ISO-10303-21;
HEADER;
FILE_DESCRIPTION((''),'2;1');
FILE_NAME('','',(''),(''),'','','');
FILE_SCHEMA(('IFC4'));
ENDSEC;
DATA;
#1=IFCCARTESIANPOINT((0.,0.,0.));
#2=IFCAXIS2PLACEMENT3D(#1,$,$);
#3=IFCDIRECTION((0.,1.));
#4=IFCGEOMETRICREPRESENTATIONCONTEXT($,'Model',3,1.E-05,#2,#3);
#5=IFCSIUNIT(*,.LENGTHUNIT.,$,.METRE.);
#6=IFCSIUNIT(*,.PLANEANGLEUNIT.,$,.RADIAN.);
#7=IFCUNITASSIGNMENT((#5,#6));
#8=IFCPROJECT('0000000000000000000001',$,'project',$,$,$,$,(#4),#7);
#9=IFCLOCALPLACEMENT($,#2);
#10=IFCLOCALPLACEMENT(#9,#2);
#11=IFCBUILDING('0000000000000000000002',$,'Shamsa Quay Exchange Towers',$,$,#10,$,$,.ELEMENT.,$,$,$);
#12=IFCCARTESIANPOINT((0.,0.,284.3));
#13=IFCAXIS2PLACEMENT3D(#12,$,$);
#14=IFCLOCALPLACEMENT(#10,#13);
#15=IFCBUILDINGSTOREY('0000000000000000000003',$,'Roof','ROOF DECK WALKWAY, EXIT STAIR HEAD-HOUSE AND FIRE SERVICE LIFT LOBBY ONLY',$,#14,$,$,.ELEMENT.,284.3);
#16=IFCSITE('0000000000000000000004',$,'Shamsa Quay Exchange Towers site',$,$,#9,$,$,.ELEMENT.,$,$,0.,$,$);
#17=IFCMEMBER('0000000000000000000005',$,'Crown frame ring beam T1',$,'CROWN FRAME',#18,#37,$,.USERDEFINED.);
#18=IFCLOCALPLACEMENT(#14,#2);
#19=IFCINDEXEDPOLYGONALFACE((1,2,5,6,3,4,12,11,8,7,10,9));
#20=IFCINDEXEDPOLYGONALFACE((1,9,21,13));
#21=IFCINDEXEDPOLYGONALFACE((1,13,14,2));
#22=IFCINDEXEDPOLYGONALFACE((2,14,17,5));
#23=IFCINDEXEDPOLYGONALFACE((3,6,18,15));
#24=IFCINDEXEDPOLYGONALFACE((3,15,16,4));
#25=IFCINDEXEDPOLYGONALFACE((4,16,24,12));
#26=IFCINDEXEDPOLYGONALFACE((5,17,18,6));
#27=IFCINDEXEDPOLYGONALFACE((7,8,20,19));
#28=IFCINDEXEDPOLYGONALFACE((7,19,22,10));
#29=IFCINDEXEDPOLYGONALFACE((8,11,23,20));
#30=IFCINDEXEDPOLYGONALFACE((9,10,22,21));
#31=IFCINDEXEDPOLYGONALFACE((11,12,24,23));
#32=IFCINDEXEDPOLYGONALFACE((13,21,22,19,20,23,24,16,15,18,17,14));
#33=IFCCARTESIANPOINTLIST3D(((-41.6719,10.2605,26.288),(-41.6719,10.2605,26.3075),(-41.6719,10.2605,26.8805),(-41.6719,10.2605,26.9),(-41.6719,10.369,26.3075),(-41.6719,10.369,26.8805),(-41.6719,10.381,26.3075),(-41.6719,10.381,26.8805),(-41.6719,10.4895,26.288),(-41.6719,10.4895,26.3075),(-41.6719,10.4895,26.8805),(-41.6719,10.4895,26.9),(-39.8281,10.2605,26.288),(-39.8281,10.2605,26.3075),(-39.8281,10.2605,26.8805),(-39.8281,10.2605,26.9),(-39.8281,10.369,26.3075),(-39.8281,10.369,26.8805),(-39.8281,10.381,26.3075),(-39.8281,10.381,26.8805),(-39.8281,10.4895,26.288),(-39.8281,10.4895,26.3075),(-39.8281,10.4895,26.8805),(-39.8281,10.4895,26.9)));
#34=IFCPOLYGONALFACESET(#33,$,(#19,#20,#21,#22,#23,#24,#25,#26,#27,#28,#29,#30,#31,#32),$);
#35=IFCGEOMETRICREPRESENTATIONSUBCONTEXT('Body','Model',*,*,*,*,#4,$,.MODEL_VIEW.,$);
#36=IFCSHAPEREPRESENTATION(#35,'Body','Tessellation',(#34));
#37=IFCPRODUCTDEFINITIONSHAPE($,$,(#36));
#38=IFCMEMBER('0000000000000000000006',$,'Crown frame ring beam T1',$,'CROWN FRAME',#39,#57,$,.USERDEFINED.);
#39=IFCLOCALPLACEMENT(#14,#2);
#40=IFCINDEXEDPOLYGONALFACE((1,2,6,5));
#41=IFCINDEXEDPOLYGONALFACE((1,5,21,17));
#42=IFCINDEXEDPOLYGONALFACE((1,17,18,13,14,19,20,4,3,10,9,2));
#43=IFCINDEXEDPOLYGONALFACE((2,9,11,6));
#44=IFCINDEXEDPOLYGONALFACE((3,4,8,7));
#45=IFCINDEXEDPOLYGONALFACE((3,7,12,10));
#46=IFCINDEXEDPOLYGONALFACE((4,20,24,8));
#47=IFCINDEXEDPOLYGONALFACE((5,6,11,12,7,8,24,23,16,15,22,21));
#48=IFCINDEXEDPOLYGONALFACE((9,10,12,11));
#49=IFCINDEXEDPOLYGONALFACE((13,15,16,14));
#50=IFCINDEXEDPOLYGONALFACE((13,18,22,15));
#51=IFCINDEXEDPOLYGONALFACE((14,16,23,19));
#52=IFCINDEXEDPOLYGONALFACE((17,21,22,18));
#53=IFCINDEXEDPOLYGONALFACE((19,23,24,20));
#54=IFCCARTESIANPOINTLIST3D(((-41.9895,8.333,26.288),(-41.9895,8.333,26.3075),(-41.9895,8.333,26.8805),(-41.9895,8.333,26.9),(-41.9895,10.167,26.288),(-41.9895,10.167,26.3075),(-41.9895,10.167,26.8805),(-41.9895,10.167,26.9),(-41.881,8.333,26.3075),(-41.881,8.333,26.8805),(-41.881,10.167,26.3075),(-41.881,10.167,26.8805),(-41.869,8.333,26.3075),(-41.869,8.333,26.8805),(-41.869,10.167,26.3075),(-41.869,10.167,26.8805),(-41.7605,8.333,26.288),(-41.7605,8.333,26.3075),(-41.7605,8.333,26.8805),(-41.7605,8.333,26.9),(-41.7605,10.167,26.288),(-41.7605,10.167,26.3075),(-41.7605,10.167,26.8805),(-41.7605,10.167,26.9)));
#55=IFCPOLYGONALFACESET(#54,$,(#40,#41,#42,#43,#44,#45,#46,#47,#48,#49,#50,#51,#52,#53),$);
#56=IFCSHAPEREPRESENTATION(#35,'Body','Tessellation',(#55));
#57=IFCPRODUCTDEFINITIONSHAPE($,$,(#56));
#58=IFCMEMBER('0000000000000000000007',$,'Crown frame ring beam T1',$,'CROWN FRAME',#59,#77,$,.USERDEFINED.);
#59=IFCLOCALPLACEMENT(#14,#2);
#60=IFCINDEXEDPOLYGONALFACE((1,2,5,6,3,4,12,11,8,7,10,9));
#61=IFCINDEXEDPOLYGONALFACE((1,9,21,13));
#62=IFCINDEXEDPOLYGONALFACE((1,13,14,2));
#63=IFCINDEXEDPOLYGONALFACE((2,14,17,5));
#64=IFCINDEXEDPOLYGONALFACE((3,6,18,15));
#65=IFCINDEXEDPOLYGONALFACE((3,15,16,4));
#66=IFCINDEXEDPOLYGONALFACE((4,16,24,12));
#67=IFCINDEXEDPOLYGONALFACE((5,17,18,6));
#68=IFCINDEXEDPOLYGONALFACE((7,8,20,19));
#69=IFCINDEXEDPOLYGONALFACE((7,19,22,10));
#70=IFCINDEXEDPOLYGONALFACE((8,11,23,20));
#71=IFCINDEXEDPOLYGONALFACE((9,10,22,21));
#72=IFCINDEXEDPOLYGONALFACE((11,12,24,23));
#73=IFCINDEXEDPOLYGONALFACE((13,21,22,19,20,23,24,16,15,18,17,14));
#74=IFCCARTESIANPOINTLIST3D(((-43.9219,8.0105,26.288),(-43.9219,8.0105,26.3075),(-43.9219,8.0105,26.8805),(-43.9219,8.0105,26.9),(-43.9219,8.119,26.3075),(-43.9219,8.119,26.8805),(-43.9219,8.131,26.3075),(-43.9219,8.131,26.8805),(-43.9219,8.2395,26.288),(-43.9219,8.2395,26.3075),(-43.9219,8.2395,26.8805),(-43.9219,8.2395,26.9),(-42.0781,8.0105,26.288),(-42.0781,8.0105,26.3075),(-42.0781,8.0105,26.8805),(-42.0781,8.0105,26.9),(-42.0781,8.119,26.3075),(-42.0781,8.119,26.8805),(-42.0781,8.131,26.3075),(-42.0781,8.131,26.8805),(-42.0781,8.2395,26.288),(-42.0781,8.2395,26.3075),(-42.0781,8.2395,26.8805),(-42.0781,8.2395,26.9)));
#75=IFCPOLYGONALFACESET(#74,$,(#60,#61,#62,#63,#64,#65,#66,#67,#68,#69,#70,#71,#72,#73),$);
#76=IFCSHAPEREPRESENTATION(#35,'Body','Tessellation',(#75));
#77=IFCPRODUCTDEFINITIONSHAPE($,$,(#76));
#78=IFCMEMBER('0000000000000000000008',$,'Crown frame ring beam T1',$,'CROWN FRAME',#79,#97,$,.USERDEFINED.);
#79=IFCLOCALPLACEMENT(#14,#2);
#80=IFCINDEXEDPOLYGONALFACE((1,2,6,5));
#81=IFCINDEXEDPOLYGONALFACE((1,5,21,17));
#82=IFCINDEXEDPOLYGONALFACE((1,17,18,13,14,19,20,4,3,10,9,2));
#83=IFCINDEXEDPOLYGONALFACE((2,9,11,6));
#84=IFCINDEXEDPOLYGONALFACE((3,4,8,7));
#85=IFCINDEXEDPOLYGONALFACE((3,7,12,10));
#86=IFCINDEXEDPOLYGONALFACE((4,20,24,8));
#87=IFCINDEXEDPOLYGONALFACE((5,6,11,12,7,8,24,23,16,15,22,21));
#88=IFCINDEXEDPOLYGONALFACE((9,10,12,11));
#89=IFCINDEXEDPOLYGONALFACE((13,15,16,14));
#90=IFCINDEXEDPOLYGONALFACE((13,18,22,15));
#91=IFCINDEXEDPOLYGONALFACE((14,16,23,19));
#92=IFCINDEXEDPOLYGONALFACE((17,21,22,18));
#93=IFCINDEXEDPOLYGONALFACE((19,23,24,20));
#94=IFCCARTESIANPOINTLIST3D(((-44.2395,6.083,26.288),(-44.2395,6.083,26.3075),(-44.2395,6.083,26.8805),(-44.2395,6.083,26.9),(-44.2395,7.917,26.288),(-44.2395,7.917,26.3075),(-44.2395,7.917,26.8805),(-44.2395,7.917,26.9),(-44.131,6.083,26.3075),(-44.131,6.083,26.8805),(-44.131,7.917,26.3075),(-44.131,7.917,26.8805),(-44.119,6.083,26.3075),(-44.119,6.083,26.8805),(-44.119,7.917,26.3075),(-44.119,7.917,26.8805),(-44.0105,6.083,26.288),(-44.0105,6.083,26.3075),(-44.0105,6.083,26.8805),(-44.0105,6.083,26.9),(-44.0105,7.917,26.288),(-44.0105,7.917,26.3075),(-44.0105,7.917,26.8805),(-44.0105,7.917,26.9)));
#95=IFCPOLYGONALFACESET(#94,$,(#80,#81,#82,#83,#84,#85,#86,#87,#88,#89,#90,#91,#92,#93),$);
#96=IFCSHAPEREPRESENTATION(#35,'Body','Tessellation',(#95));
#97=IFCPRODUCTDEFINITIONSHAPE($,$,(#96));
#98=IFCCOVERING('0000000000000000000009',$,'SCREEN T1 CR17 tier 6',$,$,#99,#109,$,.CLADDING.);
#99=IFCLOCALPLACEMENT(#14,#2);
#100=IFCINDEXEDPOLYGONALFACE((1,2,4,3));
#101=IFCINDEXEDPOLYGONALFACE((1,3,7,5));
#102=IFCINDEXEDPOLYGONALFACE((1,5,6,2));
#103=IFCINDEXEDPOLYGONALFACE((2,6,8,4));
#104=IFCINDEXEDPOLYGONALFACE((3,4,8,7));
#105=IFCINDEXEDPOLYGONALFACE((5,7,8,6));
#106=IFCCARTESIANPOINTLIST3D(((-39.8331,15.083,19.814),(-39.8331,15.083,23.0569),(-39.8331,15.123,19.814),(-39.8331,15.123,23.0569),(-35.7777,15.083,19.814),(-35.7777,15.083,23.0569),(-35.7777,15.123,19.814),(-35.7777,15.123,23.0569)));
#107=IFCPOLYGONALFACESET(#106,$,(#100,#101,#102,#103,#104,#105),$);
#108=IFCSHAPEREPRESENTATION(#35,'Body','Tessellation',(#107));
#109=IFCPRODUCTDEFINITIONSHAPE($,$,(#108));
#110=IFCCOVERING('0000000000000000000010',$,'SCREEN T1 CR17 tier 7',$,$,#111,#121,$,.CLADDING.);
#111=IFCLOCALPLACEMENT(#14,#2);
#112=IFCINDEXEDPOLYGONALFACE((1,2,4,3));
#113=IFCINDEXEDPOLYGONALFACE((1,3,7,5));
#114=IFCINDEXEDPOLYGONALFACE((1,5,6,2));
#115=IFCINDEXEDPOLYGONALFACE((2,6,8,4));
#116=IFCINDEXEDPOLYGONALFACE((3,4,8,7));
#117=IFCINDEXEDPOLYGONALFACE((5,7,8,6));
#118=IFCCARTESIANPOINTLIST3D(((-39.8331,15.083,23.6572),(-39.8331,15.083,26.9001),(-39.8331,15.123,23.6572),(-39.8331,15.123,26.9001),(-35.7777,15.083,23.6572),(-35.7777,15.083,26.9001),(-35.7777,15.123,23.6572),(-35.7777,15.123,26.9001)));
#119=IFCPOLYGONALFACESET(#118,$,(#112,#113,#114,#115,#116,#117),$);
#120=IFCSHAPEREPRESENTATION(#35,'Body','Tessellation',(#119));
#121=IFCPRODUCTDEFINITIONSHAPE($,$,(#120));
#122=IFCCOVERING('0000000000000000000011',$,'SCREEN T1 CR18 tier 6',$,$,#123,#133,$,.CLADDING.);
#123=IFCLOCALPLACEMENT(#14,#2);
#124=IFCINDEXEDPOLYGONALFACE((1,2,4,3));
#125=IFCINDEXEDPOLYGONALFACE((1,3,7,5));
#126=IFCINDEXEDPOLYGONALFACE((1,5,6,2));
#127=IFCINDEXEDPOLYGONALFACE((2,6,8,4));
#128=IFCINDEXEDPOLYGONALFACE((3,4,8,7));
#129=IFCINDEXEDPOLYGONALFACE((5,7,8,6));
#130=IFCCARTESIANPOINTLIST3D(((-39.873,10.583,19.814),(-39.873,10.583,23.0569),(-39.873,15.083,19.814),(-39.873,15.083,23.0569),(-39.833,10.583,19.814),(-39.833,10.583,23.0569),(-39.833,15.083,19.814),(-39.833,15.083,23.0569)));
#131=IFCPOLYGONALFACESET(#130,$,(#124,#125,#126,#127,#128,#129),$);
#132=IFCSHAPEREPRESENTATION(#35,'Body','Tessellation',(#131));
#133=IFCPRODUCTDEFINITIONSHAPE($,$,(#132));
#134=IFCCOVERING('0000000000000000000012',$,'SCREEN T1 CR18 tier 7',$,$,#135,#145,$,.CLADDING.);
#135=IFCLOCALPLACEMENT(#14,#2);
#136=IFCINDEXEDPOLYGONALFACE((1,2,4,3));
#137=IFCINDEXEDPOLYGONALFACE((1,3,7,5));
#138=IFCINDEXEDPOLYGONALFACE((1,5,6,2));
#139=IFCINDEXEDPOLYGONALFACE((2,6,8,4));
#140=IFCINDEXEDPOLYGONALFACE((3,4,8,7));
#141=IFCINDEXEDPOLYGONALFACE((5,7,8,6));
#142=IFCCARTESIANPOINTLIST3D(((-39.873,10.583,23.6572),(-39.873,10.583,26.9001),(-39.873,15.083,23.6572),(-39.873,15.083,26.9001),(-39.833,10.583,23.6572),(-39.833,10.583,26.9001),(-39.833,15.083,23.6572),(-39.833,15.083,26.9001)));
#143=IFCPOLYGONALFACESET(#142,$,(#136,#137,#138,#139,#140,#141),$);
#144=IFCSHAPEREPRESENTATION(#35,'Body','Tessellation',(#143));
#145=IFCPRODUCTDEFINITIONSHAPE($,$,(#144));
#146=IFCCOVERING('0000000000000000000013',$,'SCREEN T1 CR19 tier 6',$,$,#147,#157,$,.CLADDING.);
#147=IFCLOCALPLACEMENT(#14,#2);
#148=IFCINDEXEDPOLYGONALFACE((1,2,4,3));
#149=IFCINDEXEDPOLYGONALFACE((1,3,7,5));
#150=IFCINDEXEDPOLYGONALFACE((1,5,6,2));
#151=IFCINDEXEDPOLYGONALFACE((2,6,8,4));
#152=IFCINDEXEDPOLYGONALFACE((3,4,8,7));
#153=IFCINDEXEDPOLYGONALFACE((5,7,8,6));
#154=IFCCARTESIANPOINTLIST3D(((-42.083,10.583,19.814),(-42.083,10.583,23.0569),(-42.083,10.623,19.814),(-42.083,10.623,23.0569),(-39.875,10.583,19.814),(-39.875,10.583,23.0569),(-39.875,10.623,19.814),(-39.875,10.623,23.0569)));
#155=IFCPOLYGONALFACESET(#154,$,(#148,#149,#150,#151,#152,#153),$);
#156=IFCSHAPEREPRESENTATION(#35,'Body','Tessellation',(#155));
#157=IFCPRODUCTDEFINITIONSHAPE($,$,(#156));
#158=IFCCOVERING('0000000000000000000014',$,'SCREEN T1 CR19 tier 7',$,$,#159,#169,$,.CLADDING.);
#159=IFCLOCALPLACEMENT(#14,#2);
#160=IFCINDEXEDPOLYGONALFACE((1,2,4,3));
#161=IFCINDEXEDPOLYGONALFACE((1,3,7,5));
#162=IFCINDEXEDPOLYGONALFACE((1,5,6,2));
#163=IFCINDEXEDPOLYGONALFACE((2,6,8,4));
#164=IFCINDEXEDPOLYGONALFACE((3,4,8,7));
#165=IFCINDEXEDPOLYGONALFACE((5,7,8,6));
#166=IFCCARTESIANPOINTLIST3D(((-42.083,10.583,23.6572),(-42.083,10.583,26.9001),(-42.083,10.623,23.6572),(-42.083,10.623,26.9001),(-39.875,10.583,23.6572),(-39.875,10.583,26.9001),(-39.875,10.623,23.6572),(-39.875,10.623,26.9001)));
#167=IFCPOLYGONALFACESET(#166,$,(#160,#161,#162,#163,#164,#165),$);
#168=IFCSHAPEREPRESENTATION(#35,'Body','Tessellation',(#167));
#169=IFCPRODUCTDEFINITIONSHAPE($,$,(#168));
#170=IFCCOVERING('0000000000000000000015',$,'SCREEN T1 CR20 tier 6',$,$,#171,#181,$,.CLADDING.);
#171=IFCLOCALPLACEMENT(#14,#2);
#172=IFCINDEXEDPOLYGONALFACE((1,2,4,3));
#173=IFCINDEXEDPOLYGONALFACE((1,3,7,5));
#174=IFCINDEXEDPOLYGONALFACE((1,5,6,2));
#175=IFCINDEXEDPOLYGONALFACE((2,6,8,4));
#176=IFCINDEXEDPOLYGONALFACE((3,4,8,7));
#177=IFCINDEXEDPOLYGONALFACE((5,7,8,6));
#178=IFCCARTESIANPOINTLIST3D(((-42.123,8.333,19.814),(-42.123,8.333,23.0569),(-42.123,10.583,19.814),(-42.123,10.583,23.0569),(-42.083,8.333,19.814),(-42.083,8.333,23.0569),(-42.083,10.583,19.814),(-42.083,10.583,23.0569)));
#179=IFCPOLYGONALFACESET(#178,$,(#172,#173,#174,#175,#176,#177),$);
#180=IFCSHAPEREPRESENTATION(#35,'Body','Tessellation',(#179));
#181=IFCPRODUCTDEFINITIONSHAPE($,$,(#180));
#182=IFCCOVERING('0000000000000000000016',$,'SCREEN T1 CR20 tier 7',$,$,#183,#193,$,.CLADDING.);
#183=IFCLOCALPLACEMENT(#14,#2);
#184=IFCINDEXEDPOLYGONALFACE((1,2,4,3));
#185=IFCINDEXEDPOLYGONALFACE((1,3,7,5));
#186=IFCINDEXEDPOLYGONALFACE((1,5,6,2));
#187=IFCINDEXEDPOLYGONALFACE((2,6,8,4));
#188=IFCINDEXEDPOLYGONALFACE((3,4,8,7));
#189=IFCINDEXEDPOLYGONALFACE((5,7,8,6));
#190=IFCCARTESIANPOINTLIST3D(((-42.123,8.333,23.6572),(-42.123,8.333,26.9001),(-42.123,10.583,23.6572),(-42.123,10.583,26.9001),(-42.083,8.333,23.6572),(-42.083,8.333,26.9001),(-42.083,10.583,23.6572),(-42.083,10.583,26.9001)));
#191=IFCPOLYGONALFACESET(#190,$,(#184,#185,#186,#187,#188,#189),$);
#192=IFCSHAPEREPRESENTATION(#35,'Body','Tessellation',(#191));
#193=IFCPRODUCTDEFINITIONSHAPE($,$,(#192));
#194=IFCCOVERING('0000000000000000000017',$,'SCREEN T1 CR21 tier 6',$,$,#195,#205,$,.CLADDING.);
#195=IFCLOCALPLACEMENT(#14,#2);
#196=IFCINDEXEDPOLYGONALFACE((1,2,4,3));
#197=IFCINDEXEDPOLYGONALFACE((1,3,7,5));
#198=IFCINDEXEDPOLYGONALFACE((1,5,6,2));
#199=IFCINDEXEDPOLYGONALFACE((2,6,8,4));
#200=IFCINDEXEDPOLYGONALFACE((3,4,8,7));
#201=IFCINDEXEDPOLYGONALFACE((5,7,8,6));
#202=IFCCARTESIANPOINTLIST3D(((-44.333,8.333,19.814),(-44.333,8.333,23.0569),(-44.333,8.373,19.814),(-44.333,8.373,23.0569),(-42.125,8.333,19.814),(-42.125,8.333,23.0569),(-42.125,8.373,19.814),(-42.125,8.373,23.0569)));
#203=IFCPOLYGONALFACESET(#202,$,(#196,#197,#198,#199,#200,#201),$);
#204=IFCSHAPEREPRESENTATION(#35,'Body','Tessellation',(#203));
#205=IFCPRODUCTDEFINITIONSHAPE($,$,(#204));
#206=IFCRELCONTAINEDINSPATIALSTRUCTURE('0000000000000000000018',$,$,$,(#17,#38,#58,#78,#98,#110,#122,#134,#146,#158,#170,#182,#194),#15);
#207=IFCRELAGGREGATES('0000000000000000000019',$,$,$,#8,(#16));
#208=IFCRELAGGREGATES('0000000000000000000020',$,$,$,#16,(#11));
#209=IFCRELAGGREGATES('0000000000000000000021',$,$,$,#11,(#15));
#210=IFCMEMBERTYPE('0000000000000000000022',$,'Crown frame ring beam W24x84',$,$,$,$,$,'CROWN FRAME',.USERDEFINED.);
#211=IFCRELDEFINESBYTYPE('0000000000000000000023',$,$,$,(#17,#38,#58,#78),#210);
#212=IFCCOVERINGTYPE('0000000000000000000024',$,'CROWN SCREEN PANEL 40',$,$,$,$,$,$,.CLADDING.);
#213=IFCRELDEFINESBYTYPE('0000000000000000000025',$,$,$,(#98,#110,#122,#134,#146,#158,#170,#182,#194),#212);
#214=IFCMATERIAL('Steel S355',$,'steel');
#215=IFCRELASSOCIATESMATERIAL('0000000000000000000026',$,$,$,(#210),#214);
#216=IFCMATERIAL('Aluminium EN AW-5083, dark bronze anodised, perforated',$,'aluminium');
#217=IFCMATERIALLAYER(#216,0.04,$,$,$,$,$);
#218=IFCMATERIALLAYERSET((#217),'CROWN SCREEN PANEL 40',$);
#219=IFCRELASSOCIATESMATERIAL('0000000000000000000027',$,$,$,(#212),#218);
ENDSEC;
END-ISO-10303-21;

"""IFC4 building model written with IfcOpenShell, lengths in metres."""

from ifc_helpers import new_model, si_unit, direction, frame, origin, origin_2d, place, context, subcontext, project, spatial, rectangle, i_section, extrude, material, layer, layer_set, material_profile, profile_set, type_object, element, save


model = new_model("IFC4")

# Units and contexts
model_context = context("Model", 3, precision=1e-05, world=origin(), true_north=direction((0.0, 1.0)))
body_context = subcontext(model_context, "Body", "Model", "MODEL_VIEW")
ifc_project = project(units=[si_unit("LENGTHUNIT", "METRE"), si_unit("PLANEANGLEUNIT", "RADIAN")], contexts=[model_context])

# Site, building, storey
site_placement = place(None, origin())
site = spatial("IfcSite", under=ifc_project, at=site_placement, Name="Shamsa Quay Exchange Towers site", CompositionType="ELEMENT", RefElevation=0.0)
building_placement = place(site_placement, origin())
building = spatial("IfcBuilding", under=site, at=building_placement, Name="Shamsa Quay Exchange Towers", CompositionType="ELEMENT")
storey_placement = place(building_placement, frame((0.0, 0.0, 284.3)))
storey = spatial("IfcBuildingStorey", under=building, at=storey_placement, Name="Roof", Description="ROOF DECK WALKWAY, EXIT STAIR HEAD-HOUSE AND FIRE SERVICE LIFT LOBBY ONLY", CompositionType="ELEMENT", Elevation=284.3)

# Members
ifc_material_1 = material(Name="Steel S355", Category="steel")
ifc_material_profile_1 = material_profile(ifc_material_1, i_section(OverallWidth=0.229, OverallDepth=0.6121, WebThickness=0.012, FlangeThickness=0.0195, at=origin_2d()), Name="W24x84")
ifc_profile_set_1 = profile_set([ifc_material_profile_1], Name="Steel S355")
member_type_1 = type_object("IfcMemberType", Name="Crown frame ring beam W24x84", ElementType="CROWN FRAME", PredefinedType="USERDEFINED", material=ifc_profile_set_1)
member_1_placement = place(storey_placement, frame((-39.8281, 10.375, 26.594), z_axis=(-1.0, 0.0, 0.0), x_axis=(0.0, -1.0, 0.0)))
element("IfcMember", 1, at=member_1_placement, inside=storey, type_object=member_type_1, Name="Crown frame ring beam T1", ObjectType="CROWN FRAME", PredefinedType="USERDEFINED", context=body_context, shape_type="SweptSolid", body=[
    extrude(i_section(OverallWidth=0.229, OverallDepth=0.6121, WebThickness=0.012, FlangeThickness=0.0195, at=origin_2d()), origin(), (0.0, 0.0, 1.0), 1.8438),
])
member_2_placement = place(storey_placement, frame((-41.875, 10.167, 26.594), z_axis=(0.0, -1.0, 0.0), x_axis=(1.0, 0.0, 0.0)))
element("IfcMember", 2, at=member_2_placement, inside=storey, type_object=member_type_1, Name="Crown frame ring beam T1", ObjectType="CROWN FRAME", PredefinedType="USERDEFINED", context=body_context, shape_type="SweptSolid", body=[
    extrude(i_section(OverallWidth=0.229, OverallDepth=0.6121, WebThickness=0.012, FlangeThickness=0.0195, at=origin_2d()), origin(), (0.0, 0.0, 1.0), 1.834),
])
member_3_placement = place(storey_placement, frame((-42.0781, 8.125, 26.594), z_axis=(-1.0, 0.0, 0.0), x_axis=(0.0, -1.0, 0.0)))
element("IfcMember", 3, at=member_3_placement, inside=storey, type_object=member_type_1, Name="Crown frame ring beam T1", ObjectType="CROWN FRAME", PredefinedType="USERDEFINED", context=body_context, shape_type="SweptSolid", body=[
    extrude(i_section(OverallWidth=0.229, OverallDepth=0.6121, WebThickness=0.012, FlangeThickness=0.0195, at=origin_2d()), origin(), (0.0, 0.0, 1.0), 1.8438),
])
member_4_placement = place(storey_placement, frame((-44.125, 7.917, 26.594), z_axis=(0.0, -1.0, 0.0), x_axis=(1.0, 0.0, 0.0)))
element("IfcMember", 4, at=member_4_placement, inside=storey, type_object=member_type_1, Name="Crown frame ring beam T1", ObjectType="CROWN FRAME", PredefinedType="USERDEFINED", context=body_context, shape_type="SweptSolid", body=[
    extrude(i_section(OverallWidth=0.229, OverallDepth=0.6121, WebThickness=0.012, FlangeThickness=0.0195, at=origin_2d()), origin(), (0.0, 0.0, 1.0), 1.834),
])

# Coverings
ifc_material_2 = material(Name="Aluminium EN AW-5083, dark bronze anodised, perforated", Category="aluminium")
ifc_layer = layer(ifc_material_2, 0.04)
ifc_layer_set = layer_set([ifc_layer], Name="CROWN SCREEN PANEL 40")
covering_type = type_object("IfcCoveringType", Name="CROWN SCREEN PANEL 40", PredefinedType="CLADDING", material=ifc_layer_set)
for number, where, z_axis, x_axis, name in (
    (5, (-37.8054, 15.103, 19.814), (0.0, 0.0, 1.0), (-1.0, 0.0, 0.0), "SCREEN T1 CR17 tier 6"),
    (6, (-37.8054, 15.103, 23.6572), (0.0, 0.0, 1.0), (-1.0, 0.0, 0.0), "SCREEN T1 CR17 tier 7"),
):
    element("IfcCovering", number, at=place(storey_placement, frame(where, z_axis=z_axis, x_axis=x_axis)), inside=storey, type_object=covering_type, Name=name, PredefinedType="CLADDING", context=body_context, shape_type="SweptSolid", body=[
        extrude(rectangle(XDim=4.0554, YDim=0.04, at=origin_2d()), origin(), (0.0, 0.0, 1.0), 3.2429),
    ])
for number, where, z_axis, x_axis, name in (
    (7, (-39.853, 12.833, 19.814), (0.0, 0.0, 1.0), (0.0, -1.0, 0.0), "SCREEN T1 CR18 tier 6"),
    (8, (-39.853, 12.833, 23.6572), (0.0, 0.0, 1.0), (0.0, -1.0, 0.0), "SCREEN T1 CR18 tier 7"),
):
    element("IfcCovering", number, at=place(storey_placement, frame(where, z_axis=z_axis, x_axis=x_axis)), inside=storey, type_object=covering_type, Name=name, PredefinedType="CLADDING", context=body_context, shape_type="SweptSolid", body=[
        extrude(rectangle(XDim=4.5, YDim=0.04, at=origin_2d()), origin(), (0.0, 0.0, 1.0), 3.2429),
    ])
for number, where, z_axis, x_axis, name in (
    (9, (-40.979, 10.603, 19.814), (0.0, 0.0, 1.0), (-1.0, 0.0, 0.0), "SCREEN T1 CR19 tier 6"),
    (10, (-40.979, 10.603, 23.6572), (0.0, 0.0, 1.0), (-1.0, 0.0, 0.0), "SCREEN T1 CR19 tier 7"),
):
    element("IfcCovering", number, at=place(storey_placement, frame(where, z_axis=z_axis, x_axis=x_axis)), inside=storey, type_object=covering_type, Name=name, PredefinedType="CLADDING", context=body_context, shape_type="SweptSolid", body=[
        extrude(rectangle(XDim=2.208, YDim=0.04, at=origin_2d()), origin(), (0.0, 0.0, 1.0), 3.2429),
    ])
for number, where, z_axis, x_axis, name in (
    (11, (-42.103, 9.458, 19.814), (0.0, 0.0, 1.0), (0.0, -1.0, 0.0), "SCREEN T1 CR20 tier 6"),
    (12, (-42.103, 9.458, 23.6572), (0.0, 0.0, 1.0), (0.0, -1.0, 0.0), "SCREEN T1 CR20 tier 7"),
):
    element("IfcCovering", number, at=place(storey_placement, frame(where, z_axis=z_axis, x_axis=x_axis)), inside=storey, type_object=covering_type, Name=name, PredefinedType="CLADDING", context=body_context, shape_type="SweptSolid", body=[
        extrude(rectangle(XDim=2.25, YDim=0.04, at=origin_2d()), origin(), (0.0, 0.0, 1.0), 3.2429),
    ])
for number, where, z_axis, x_axis, name in (
    (13, (-43.229, 8.353, 19.814), (0.0, 0.0, 1.0), (-1.0, 0.0, 0.0), "SCREEN T1 CR21 tier 6"),
):
    element("IfcCovering", number, at=place(storey_placement, frame(where, z_axis=z_axis, x_axis=x_axis)), inside=storey, type_object=covering_type, Name=name, PredefinedType="CLADDING", context=body_context, shape_type="SweptSolid", body=[
        extrude(rectangle(XDim=2.208, YDim=0.04, at=origin_2d()), origin(), (0.0, 0.0, 1.0), 3.2429),
    ])

save(model, "model.ifc")
